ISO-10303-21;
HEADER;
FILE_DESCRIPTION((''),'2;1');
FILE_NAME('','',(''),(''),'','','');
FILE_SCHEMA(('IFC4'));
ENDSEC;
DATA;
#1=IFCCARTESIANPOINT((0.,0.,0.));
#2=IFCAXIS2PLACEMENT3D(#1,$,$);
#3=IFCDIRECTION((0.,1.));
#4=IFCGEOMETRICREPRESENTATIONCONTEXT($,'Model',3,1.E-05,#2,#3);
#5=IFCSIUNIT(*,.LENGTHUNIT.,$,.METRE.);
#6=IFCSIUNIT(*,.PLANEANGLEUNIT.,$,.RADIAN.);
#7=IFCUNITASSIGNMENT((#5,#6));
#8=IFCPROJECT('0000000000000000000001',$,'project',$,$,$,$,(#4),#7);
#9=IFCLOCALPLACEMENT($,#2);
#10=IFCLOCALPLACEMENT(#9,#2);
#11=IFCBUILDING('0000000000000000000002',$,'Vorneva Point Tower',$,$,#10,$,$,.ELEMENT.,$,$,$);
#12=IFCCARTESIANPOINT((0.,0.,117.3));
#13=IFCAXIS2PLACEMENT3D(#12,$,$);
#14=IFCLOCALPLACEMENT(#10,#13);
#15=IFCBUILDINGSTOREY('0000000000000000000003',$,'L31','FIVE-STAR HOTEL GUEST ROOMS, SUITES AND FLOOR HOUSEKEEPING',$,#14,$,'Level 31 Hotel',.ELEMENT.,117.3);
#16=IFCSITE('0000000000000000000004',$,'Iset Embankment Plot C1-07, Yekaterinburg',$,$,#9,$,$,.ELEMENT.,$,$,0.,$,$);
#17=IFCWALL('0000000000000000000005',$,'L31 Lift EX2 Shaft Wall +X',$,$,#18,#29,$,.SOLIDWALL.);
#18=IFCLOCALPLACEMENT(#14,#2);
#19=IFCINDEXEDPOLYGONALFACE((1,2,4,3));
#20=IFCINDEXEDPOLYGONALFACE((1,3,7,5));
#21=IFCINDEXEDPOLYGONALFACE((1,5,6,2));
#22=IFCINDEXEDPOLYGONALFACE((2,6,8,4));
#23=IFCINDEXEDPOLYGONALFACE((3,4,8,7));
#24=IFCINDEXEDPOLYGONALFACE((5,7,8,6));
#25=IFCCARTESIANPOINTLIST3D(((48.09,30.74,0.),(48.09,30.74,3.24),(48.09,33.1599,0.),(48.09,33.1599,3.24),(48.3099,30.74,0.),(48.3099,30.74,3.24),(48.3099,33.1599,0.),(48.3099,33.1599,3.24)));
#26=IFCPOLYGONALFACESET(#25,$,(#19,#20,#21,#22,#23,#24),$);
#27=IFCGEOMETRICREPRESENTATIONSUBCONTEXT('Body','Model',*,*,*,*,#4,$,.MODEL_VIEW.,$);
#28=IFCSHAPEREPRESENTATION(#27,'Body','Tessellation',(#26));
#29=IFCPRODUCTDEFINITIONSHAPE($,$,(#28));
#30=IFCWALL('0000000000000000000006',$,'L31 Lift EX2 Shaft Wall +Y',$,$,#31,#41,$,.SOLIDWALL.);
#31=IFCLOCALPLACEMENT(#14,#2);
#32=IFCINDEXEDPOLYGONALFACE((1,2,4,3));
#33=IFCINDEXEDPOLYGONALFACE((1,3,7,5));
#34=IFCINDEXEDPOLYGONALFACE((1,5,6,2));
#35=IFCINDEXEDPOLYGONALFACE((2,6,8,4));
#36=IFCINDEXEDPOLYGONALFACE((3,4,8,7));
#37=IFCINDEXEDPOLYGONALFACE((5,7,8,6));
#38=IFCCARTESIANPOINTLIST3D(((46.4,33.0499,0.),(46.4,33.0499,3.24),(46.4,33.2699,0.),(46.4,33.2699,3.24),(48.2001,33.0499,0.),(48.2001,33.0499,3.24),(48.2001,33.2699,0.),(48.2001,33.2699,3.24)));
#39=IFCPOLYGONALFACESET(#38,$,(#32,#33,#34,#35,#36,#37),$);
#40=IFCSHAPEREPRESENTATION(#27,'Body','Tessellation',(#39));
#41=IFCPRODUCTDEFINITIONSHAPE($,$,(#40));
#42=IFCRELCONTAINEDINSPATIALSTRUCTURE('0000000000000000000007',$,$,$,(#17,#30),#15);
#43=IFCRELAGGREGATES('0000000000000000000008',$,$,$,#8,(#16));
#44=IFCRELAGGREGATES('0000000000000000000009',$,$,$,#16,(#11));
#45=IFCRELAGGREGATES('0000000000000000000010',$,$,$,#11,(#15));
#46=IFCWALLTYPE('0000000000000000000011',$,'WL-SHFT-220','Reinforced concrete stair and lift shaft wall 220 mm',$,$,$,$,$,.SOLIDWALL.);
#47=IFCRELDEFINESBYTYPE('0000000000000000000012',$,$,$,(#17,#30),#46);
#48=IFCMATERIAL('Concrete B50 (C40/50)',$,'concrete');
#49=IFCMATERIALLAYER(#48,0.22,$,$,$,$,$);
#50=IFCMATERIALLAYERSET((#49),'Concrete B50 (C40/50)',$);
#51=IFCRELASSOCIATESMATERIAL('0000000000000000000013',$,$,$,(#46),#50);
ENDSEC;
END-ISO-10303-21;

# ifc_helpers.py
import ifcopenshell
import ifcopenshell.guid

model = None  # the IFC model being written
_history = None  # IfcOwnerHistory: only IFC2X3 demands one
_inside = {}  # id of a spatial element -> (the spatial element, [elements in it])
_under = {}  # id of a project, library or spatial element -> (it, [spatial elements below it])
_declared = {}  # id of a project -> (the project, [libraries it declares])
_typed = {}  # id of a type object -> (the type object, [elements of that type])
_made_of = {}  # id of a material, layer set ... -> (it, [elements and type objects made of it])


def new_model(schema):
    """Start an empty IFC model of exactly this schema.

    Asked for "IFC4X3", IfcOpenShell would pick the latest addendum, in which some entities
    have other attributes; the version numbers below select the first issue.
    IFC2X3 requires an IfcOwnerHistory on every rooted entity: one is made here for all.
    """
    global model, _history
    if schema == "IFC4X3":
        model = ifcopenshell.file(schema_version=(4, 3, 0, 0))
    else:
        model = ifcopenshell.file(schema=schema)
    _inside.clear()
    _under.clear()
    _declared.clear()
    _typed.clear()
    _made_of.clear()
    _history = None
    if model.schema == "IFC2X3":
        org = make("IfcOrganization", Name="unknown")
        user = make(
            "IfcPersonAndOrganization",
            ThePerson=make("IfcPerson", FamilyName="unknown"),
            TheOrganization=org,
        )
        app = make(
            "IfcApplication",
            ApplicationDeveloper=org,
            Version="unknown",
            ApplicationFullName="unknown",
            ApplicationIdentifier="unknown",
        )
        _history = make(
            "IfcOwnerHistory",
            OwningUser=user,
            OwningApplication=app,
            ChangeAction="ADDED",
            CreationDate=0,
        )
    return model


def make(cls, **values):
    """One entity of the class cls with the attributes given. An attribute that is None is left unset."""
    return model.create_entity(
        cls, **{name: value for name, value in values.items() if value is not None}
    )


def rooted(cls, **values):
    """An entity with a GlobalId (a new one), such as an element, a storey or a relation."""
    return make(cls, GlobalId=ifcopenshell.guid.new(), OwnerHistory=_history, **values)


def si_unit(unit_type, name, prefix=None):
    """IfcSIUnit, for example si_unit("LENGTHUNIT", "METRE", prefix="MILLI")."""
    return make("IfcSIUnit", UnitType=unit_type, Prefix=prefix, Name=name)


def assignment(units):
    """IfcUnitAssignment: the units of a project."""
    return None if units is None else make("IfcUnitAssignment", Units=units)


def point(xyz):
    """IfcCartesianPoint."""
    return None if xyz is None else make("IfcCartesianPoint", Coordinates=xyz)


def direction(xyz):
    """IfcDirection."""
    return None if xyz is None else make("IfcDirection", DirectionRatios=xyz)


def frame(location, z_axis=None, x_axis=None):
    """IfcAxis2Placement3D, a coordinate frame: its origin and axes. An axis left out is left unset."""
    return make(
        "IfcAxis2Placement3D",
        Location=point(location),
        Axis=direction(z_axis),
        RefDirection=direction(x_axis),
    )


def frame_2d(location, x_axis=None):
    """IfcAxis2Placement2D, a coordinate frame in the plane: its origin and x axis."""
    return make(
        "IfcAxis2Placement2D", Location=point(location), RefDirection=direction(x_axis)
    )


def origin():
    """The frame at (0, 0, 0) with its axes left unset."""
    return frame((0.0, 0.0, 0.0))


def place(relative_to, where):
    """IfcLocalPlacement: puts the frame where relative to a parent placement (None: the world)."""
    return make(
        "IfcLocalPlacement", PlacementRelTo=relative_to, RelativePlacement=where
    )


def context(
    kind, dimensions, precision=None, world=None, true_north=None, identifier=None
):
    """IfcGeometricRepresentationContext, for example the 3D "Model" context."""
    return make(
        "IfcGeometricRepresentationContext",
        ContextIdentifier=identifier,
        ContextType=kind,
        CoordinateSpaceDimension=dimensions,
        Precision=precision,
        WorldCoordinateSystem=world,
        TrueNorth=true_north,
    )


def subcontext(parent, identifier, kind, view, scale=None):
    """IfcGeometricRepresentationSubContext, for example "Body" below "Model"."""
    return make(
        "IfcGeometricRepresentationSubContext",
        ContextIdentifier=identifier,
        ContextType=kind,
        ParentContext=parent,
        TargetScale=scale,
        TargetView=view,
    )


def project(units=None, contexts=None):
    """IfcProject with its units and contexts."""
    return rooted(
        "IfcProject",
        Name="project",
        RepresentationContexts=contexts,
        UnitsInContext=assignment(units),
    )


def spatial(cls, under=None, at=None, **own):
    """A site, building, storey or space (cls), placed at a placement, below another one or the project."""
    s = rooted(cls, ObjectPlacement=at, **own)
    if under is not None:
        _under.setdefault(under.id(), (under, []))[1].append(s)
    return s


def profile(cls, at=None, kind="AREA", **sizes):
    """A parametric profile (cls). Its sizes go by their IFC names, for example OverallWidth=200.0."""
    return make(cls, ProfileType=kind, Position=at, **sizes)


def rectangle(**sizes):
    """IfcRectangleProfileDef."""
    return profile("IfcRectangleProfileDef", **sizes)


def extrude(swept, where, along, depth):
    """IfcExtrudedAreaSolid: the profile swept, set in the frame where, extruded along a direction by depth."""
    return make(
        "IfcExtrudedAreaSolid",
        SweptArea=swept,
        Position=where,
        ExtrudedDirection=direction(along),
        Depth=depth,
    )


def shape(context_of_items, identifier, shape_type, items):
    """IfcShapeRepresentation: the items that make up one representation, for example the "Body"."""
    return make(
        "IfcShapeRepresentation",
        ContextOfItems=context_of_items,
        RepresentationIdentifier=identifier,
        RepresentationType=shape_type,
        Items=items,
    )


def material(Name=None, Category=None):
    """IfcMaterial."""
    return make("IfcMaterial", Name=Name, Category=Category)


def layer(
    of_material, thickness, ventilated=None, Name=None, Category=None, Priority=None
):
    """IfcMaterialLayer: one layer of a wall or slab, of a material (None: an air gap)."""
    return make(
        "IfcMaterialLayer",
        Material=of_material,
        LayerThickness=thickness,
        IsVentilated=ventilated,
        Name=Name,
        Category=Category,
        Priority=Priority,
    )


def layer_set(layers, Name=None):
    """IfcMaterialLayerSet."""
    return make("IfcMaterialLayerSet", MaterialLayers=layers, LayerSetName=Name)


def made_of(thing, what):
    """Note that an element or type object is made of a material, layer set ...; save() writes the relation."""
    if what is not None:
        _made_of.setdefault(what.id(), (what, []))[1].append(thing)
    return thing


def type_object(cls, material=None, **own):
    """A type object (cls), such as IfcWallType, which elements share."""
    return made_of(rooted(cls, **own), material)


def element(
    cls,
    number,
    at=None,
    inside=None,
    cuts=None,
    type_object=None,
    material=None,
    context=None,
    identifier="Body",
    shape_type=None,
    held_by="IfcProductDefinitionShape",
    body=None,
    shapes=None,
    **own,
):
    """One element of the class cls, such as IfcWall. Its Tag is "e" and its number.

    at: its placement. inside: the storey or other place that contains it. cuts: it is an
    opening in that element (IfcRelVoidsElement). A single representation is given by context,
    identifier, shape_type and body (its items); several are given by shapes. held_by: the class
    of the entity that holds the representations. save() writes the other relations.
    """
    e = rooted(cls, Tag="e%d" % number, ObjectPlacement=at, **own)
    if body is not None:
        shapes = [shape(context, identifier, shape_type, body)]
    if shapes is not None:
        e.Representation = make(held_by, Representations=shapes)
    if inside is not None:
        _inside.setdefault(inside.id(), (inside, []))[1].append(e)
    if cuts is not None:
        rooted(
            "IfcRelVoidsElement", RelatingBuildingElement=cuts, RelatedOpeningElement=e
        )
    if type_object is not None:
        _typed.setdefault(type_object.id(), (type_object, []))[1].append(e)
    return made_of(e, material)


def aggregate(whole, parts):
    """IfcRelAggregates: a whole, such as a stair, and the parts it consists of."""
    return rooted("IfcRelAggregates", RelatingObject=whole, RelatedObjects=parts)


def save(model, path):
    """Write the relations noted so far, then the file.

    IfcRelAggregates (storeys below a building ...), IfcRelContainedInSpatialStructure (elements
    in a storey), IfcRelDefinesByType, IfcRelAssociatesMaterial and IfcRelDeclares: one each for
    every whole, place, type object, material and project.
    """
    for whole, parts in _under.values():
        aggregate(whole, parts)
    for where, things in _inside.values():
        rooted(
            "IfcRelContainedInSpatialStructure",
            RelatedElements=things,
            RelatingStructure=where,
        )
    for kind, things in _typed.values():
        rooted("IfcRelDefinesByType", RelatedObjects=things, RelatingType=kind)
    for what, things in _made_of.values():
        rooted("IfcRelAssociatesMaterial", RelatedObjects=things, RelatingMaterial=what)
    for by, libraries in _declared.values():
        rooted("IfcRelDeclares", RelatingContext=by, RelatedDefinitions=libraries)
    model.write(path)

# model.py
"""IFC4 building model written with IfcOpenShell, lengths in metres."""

from ifc_helpers import new_model, si_unit, direction, frame, frame_2d, origin, place, context, subcontext, project, spatial, rectangle, extrude, material, layer, layer_set, type_object, element, save


model = new_model("IFC4")

# Units and contexts
model_context = context("Model", 3, precision=1e-05, world=origin(), true_north=direction((0.0, 1.0)))
body_context = subcontext(model_context, "Body", "Model", "MODEL_VIEW")
ifc_project = project(units=[si_unit("LENGTHUNIT", "METRE"), si_unit("PLANEANGLEUNIT", "RADIAN")], contexts=[model_context])

# Site, building, storey
site_placement = place(None, origin())
site = spatial("IfcSite", under=ifc_project, at=site_placement, Name="Iset Embankment Plot C1-07, Yekaterinburg", CompositionType="ELEMENT", RefElevation=0.0)
building_placement = place(site_placement, origin())
building = spatial("IfcBuilding", under=site, at=building_placement, Name="Vorneva Point Tower", CompositionType="ELEMENT")
storey_placement = place(building_placement, frame((0.0, 0.0, 117.3)))
storey = spatial("IfcBuildingStorey", under=building, at=storey_placement, Name="L31", Description="FIVE-STAR HOTEL GUEST ROOMS, SUITES AND FLOOR HOUSEKEEPING", LongName="Level 31 Hotel", CompositionType="ELEMENT", Elevation=117.3)

# Walls
ifc_material_1 = material(Name="Concrete B50 (C40/50)", Category="concrete")
ifc_layer_1 = layer(ifc_material_1, 0.22)
ifc_layer_set_1 = layer_set([ifc_layer_1], Name="Concrete B50 (C40/50)")
wall_type_1 = type_object("IfcWallType", Name="WL-SHFT-220", Description="Reinforced concrete stair and lift shaft wall 220 mm", PredefinedType="SOLIDWALL", material=ifc_layer_set_1)
wall_1_placement = place(storey_placement, frame((48.2, 30.74, 0.0), z_axis=(0.0, 0.0, 1.0), x_axis=(0.0, 1.0, 0.0)))
element("IfcWall", 1, at=wall_1_placement, inside=storey, type_object=wall_type_1, Name="L31 Lift EX2 Shaft Wall +X", PredefinedType="SOLIDWALL", context=body_context, shape_type="SweptSolid", body=[
    extrude(rectangle(XDim=2.4199, YDim=0.22, at=frame_2d((1.21, 0.0))), origin(), (0.0, 0.0, 1.0), 3.24),
])
wall_2_placement = place(storey_placement, frame((48.2, 33.1599, 0.0), z_axis=(0.0, 0.0, 1.0), x_axis=(-1.0, 0.0, 0.0)))
element("IfcWall", 2, at=wall_2_placement, inside=storey, type_object=wall_type_1, Name="L31 Lift EX2 Shaft Wall +Y", PredefinedType="SOLIDWALL", context=body_context, shape_type="SweptSolid", body=[
    extrude(rectangle(XDim=1.8, YDim=0.22, at=frame_2d((0.8999, 0.0))), origin(), (0.0, 0.0, 1.0), 3.24),
])

save(model, "model.ifc")
